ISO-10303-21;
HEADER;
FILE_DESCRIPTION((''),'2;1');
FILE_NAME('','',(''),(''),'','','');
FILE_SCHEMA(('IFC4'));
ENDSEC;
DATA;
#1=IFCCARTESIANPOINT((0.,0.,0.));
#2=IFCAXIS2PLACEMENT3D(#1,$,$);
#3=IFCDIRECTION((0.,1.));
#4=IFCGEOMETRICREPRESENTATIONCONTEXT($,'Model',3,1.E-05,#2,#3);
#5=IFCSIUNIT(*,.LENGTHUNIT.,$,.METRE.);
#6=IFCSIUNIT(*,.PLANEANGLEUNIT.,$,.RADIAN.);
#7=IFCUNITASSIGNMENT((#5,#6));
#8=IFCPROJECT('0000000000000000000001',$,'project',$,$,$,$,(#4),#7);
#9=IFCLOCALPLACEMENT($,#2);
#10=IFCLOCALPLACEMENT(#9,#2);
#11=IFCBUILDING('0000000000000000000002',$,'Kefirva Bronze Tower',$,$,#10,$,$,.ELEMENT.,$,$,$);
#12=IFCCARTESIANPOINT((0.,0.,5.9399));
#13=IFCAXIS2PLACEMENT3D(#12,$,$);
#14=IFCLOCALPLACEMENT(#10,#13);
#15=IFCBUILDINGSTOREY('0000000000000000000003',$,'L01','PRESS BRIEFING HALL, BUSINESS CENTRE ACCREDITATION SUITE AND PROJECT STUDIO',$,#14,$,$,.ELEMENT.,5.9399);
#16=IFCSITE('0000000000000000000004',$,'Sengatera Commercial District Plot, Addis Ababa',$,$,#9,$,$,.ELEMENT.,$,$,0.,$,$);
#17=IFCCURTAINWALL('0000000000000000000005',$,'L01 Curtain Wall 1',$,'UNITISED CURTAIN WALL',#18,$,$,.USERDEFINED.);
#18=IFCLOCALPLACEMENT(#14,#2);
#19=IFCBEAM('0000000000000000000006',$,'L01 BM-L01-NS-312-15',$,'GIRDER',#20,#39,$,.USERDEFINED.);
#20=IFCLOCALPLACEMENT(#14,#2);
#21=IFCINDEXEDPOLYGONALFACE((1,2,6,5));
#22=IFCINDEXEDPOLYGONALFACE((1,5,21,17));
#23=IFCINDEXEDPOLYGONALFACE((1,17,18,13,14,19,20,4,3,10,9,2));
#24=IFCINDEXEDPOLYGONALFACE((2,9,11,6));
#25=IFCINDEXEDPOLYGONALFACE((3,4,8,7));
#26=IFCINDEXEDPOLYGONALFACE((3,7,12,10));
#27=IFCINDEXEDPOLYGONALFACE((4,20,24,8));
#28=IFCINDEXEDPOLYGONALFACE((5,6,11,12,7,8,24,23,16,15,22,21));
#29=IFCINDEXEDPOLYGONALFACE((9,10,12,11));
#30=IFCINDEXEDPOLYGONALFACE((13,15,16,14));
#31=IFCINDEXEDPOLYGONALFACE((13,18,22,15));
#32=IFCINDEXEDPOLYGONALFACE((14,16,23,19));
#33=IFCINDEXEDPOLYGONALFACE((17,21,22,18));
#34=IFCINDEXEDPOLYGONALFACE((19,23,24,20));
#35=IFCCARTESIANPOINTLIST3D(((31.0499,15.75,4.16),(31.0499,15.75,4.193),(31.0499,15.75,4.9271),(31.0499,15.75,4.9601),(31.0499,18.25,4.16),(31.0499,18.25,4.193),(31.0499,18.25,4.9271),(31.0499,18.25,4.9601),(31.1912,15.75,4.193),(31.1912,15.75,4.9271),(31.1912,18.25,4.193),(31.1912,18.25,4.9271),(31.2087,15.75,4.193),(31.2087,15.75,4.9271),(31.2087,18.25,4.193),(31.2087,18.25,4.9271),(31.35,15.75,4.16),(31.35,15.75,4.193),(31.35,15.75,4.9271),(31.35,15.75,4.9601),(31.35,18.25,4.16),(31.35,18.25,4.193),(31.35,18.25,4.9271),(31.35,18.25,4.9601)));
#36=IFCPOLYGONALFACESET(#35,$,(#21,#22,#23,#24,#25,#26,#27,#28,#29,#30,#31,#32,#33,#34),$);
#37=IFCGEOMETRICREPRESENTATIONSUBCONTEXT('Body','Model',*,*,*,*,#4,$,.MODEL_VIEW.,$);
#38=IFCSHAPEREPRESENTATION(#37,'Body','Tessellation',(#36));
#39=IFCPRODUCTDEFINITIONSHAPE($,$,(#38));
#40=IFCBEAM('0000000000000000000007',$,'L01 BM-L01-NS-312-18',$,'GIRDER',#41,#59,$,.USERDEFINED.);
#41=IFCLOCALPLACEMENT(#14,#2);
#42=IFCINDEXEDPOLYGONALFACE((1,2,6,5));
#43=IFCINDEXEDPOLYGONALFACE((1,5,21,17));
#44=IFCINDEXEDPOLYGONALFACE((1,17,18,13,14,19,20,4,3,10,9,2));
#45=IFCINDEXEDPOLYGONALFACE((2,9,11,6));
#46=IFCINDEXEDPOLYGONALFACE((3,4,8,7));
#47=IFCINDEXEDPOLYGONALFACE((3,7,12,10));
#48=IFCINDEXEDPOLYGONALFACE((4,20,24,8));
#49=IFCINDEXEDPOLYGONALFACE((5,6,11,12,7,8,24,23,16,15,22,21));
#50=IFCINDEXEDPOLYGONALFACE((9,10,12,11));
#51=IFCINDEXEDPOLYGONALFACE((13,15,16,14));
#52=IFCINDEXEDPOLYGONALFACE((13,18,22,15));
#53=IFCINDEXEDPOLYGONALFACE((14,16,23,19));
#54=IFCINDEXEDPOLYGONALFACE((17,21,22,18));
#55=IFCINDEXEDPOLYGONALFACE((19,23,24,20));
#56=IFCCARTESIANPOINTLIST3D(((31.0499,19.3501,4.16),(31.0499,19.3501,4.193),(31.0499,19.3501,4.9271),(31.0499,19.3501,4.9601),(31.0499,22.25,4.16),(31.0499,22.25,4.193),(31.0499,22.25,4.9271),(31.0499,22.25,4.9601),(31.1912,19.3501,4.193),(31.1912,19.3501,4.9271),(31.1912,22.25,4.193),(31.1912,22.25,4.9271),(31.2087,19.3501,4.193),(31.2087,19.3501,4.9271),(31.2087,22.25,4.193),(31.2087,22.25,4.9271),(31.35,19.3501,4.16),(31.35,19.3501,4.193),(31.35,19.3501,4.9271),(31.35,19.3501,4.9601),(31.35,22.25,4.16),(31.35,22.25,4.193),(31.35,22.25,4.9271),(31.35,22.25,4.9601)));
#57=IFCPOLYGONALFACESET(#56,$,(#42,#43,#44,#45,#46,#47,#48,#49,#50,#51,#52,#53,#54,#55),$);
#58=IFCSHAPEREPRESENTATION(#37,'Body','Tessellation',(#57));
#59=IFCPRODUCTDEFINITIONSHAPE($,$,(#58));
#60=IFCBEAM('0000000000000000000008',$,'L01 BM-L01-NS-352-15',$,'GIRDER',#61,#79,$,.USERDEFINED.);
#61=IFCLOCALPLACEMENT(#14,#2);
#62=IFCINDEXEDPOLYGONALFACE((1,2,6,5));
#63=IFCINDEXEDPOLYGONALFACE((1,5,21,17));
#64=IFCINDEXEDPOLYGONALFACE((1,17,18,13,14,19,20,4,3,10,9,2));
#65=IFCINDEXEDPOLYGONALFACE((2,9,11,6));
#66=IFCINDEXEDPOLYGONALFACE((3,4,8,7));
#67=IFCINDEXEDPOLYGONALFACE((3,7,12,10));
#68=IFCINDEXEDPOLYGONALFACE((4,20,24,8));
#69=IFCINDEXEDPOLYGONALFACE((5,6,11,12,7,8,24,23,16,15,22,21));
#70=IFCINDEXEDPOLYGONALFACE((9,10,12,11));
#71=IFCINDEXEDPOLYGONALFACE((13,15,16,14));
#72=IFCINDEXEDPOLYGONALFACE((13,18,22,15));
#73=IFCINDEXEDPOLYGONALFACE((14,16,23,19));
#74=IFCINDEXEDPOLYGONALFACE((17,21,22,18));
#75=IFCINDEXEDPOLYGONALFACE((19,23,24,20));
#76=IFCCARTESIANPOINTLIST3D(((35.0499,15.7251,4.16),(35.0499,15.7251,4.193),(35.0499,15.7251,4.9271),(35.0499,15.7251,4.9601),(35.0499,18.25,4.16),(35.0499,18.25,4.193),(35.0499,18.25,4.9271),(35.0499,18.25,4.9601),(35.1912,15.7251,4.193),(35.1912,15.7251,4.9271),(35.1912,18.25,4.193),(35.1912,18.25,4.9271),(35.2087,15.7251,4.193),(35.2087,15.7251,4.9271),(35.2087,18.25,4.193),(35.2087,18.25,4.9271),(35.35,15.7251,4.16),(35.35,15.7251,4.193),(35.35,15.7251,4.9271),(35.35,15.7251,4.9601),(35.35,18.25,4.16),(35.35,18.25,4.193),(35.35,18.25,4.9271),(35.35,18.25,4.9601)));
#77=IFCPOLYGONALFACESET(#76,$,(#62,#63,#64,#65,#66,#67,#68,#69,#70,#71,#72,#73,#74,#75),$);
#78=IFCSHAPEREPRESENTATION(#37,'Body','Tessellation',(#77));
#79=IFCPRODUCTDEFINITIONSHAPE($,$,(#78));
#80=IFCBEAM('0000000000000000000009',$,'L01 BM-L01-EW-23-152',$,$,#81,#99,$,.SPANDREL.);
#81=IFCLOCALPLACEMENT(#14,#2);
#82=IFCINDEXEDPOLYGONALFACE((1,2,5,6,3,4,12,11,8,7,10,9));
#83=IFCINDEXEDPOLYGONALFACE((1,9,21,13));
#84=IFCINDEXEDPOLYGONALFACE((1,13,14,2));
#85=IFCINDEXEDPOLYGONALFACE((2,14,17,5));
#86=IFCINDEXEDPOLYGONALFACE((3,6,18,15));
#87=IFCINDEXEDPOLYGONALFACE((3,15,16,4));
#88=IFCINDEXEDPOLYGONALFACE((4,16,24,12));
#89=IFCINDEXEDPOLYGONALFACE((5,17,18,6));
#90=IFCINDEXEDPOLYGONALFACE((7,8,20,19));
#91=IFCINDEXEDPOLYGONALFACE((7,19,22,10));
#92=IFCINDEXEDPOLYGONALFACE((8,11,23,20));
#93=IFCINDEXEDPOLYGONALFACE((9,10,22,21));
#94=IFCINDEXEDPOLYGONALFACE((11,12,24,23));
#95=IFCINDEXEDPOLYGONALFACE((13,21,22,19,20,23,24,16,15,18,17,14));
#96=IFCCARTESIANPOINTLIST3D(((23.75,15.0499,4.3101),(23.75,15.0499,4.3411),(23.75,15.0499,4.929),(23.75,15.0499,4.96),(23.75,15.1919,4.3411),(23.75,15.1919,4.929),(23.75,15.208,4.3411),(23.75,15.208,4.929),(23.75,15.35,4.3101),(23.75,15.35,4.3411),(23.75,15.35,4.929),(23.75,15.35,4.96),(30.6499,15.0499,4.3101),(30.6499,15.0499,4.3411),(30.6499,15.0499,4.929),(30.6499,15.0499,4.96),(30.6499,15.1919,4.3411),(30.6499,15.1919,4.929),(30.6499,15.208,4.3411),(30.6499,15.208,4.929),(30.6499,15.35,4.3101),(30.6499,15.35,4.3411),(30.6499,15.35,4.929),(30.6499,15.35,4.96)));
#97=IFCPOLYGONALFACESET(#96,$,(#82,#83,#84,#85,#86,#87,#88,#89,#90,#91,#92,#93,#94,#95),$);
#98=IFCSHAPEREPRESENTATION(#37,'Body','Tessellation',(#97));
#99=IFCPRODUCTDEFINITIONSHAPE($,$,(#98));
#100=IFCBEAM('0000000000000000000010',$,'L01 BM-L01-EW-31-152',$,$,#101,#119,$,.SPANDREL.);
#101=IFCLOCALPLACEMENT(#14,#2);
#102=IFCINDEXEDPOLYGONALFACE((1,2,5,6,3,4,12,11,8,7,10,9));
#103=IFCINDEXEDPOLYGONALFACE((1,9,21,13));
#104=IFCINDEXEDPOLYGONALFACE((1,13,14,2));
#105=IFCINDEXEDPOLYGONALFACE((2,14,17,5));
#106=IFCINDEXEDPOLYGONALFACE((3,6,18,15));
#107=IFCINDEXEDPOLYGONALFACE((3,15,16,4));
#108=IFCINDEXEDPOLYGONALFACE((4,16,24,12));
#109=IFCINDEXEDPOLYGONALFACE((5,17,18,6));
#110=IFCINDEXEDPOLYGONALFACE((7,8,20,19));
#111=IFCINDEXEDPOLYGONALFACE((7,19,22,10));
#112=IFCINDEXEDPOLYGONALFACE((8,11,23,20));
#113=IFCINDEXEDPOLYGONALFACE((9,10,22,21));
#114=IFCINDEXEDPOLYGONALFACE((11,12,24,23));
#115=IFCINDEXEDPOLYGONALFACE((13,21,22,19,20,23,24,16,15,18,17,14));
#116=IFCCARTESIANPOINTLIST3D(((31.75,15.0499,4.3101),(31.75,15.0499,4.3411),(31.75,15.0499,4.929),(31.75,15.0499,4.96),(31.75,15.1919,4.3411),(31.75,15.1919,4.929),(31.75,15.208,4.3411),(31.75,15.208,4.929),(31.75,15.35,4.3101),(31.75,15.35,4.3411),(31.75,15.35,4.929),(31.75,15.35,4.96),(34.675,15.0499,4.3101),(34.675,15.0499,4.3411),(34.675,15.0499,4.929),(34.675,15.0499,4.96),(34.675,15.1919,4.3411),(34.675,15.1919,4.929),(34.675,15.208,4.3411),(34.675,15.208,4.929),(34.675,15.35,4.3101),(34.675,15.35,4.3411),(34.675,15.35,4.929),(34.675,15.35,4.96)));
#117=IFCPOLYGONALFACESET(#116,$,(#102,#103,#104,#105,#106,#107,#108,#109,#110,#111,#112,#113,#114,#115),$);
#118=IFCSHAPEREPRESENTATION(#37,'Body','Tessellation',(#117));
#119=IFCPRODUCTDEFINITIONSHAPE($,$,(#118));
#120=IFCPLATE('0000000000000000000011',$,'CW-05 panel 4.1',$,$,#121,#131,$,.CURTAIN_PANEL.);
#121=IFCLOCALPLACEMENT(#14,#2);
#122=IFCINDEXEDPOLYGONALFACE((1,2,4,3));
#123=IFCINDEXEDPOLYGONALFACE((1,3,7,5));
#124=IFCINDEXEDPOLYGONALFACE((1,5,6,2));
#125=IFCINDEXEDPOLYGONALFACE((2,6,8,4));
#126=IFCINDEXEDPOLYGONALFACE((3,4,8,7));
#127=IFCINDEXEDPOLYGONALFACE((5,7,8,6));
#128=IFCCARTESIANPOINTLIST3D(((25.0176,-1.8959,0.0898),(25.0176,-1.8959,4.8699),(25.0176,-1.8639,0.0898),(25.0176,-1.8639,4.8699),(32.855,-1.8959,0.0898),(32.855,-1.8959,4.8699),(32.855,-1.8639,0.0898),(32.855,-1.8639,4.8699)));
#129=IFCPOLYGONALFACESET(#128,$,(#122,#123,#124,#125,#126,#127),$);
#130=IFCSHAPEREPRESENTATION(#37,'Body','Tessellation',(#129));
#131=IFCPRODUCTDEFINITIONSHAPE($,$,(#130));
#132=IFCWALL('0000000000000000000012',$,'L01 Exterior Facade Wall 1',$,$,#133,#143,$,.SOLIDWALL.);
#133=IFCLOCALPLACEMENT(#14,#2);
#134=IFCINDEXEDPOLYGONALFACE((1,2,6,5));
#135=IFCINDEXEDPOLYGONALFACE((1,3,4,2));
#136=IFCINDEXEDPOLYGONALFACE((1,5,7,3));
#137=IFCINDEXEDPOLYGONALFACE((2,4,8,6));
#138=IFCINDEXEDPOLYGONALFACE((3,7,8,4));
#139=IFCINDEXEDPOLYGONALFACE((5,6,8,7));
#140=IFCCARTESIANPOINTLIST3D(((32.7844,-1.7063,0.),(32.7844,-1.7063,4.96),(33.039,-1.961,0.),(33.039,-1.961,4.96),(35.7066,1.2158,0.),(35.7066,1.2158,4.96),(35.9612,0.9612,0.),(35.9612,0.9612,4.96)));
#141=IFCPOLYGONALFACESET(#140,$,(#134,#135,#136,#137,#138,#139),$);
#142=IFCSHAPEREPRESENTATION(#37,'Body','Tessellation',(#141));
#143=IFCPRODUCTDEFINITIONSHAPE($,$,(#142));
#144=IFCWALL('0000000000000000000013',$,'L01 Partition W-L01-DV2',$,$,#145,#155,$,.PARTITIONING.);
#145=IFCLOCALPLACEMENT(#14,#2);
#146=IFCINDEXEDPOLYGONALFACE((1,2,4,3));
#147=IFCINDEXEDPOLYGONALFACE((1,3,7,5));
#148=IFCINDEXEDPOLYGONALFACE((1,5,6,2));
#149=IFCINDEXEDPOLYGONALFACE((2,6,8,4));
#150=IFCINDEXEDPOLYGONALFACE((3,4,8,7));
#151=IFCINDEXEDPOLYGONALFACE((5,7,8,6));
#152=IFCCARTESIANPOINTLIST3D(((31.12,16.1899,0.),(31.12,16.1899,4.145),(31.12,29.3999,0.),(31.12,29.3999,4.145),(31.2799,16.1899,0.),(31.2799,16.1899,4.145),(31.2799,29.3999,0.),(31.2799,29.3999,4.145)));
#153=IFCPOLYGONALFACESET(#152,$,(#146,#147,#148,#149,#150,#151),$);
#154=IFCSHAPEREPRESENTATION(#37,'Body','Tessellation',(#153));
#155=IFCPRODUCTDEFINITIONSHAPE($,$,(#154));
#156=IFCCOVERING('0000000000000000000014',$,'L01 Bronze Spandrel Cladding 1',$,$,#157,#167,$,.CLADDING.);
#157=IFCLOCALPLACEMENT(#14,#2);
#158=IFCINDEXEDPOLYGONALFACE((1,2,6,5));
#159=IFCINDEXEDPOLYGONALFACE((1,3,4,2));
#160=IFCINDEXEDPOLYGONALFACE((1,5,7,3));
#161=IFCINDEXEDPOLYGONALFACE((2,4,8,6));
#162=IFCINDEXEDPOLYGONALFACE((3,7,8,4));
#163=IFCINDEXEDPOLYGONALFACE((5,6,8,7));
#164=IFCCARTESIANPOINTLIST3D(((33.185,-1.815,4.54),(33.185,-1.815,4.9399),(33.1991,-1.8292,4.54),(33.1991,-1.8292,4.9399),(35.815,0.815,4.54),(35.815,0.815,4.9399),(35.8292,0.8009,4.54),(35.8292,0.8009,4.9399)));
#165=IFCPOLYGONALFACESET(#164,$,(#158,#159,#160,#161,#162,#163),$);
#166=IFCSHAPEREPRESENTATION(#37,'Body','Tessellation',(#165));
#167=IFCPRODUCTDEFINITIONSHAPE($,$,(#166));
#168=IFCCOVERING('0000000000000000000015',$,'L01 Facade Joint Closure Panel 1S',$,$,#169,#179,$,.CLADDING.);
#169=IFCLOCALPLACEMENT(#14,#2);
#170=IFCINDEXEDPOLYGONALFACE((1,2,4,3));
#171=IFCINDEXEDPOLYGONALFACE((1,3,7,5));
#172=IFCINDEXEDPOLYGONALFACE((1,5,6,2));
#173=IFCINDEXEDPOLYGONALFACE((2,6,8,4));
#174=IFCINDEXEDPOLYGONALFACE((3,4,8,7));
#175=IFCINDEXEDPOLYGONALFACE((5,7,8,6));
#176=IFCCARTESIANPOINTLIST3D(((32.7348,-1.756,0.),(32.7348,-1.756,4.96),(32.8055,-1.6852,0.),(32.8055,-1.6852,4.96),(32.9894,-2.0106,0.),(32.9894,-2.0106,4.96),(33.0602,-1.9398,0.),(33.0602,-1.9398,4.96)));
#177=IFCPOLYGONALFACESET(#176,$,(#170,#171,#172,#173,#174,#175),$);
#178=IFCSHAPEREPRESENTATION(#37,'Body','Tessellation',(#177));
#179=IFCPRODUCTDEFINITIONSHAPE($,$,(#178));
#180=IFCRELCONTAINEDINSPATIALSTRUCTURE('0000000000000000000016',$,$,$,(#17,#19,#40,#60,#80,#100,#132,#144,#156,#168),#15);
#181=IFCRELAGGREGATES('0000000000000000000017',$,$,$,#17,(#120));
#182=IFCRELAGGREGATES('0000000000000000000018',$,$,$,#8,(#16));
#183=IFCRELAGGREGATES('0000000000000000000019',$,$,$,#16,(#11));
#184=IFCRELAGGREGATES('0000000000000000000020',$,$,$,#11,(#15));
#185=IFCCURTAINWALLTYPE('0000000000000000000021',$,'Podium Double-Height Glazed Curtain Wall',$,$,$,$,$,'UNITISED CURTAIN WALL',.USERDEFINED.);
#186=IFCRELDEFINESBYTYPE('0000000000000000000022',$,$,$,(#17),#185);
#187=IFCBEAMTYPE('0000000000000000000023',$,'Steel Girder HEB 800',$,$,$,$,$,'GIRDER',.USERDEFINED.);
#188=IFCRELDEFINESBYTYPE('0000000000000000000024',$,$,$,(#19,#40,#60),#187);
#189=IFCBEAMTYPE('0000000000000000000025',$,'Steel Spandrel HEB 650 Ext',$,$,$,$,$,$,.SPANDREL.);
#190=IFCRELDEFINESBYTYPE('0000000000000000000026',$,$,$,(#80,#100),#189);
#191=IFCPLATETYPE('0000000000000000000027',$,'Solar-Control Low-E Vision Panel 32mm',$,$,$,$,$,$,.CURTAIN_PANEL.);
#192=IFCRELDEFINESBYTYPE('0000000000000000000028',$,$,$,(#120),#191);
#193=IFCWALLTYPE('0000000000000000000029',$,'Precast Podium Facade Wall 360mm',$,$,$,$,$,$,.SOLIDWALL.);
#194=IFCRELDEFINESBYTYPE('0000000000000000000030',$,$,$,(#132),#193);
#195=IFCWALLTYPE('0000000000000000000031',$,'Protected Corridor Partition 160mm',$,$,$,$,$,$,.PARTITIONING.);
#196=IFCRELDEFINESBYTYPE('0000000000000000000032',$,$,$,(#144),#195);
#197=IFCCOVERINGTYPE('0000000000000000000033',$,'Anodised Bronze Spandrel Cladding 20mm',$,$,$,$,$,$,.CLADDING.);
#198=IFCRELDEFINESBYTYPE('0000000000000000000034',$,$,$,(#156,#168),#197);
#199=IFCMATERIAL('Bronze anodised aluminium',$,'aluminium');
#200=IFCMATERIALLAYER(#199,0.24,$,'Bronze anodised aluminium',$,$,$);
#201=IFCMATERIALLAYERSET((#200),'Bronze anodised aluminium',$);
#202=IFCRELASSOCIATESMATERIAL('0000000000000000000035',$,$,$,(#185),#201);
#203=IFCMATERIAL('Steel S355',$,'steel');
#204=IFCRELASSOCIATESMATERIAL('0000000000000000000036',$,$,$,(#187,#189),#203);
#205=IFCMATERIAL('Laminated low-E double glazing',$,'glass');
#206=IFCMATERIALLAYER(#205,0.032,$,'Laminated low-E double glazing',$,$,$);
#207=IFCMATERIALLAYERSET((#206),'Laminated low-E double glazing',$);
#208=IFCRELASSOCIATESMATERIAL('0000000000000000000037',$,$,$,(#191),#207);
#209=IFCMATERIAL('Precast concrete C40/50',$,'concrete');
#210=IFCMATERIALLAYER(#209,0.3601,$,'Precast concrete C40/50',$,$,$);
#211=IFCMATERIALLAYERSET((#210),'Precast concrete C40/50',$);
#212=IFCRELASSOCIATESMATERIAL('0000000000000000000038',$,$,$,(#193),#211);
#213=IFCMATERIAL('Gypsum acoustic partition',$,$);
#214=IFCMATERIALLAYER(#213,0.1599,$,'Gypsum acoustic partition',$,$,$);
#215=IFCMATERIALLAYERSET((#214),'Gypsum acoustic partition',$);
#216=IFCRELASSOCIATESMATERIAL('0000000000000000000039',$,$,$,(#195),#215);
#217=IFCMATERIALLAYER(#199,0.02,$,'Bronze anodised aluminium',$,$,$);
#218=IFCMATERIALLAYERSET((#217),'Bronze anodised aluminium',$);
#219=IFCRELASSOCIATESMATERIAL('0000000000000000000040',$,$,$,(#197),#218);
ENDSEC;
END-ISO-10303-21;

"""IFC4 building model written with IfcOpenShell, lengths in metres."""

from ifc_helpers import new_model, si_unit, direction, frame, frame_2d, origin, origin_2d, place, context, subcontext, project, spatial, rectangle, i_section, extrude, material, layer, layer_set, material_profile, profile_set, type_object, element, aggregate, save


model = new_model("IFC4")

# Units and contexts
model_context = context("Model", 3, precision=1e-05, world=origin(), true_north=direction((0.0, 1.0)))
body_context = subcontext(model_context, "Body", "Model", "MODEL_VIEW")
ifc_project = project(units=[si_unit("LENGTHUNIT", "METRE"), si_unit("PLANEANGLEUNIT", "RADIAN")], contexts=[model_context])

# Site, building, storey
site_placement = place(None, origin())
site = spatial("IfcSite", under=ifc_project, at=site_placement, Name="Sengatera Commercial District Plot, Addis Ababa", CompositionType="ELEMENT", RefElevation=0.0)
building_placement = place(site_placement, origin())
building = spatial("IfcBuilding", under=site, at=building_placement, Name="Kefirva Bronze Tower", CompositionType="ELEMENT")
storey_placement = place(building_placement, frame((0.0, 0.0, 5.9399)))
storey = spatial("IfcBuildingStorey", under=building, at=storey_placement, Name="L01", Description="PRESS BRIEFING HALL, BUSINESS CENTRE ACCREDITATION SUITE AND PROJECT STUDIO", CompositionType="ELEMENT", Elevation=5.9399)

# Curtain wall
ifc_material_1 = material(Name="Bronze anodised aluminium", Category="aluminium")
ifc_layer_1 = layer(ifc_material_1, 0.24, Name="Bronze anodised aluminium")
ifc_layer_set_1 = layer_set([ifc_layer_1], Name="Bronze anodised aluminium")
curtain_wall_type = type_object("IfcCurtainWallType", Name="Podium Double-Height Glazed Curtain Wall", ElementType="UNITISED CURTAIN WALL", PredefinedType="USERDEFINED", material=ifc_layer_set_1)
curtain_wall_placement = place(storey_placement, origin())
curtain_wall = element("IfcCurtainWall", 1, at=curtain_wall_placement, inside=storey, type_object=curtain_wall_type, Name="L01 Curtain Wall 1", ObjectType="UNITISED CURTAIN WALL", PredefinedType="USERDEFINED")

# Beams
ifc_material_2 = material(Name="Steel S355", Category="steel")
ifc_material_profile_1 = material_profile(ifc_material_2, i_section(OverallWidth=0.3, OverallDepth=0.8, WebThickness=0.0176, FlangeThickness=0.033, at=origin_2d()), Name="HEB 800")
ifc_profile_set_1 = profile_set([ifc_material_profile_1], Name="Steel S355")
beam_type_1 = type_object("IfcBeamType", Name="Steel Girder HEB 800", ElementType="GIRDER", PredefinedType="USERDEFINED", material=ifc_profile_set_1)
beam_1_placement = place(storey_placement, frame((31.2, 15.75, 4.5601), z_axis=(0.0, 1.0, 0.0), x_axis=(-1.0, 0.0, 0.0)))
element("IfcBeam", 2, at=beam_1_placement, inside=storey, type_object=beam_type_1, Name="L01 BM-L01-NS-312-15", ObjectType="GIRDER", PredefinedType="USERDEFINED", context=body_context, shape_type="SweptSolid", body=[
    extrude(i_section(OverallWidth=0.3, OverallDepth=0.8, WebThickness=0.0176, FlangeThickness=0.033, at=origin_2d()), origin(), (0.0, 0.0, 1.0), 2.5),
])
beam_2_placement = place(storey_placement, frame((31.2, 19.3501, 4.5601), z_axis=(0.0, 1.0, 0.0), x_axis=(-1.0, 0.0, 0.0)))
element("IfcBeam", 3, at=beam_2_placement, inside=storey, type_object=beam_type_1, Name="L01 BM-L01-NS-312-18", ObjectType="GIRDER", PredefinedType="USERDEFINED", context=body_context, shape_type="SweptSolid", body=[
    extrude(i_section(OverallWidth=0.3, OverallDepth=0.8, WebThickness=0.0176, FlangeThickness=0.033, at=origin_2d()), origin(), (0.0, 0.0, 1.0), 2.8999),
])
beam_3_placement = place(storey_placement, frame((35.2, 15.7251, 4.5601), z_axis=(0.0, 1.0, 0.0), x_axis=(-1.0, 0.0, 0.0)))
element("IfcBeam", 4, at=beam_3_placement, inside=storey, type_object=beam_type_1, Name="L01 BM-L01-NS-352-15", ObjectType="GIRDER", PredefinedType="USERDEFINED", context=body_context, shape_type="SweptSolid", body=[
    extrude(i_section(OverallWidth=0.3, OverallDepth=0.8, WebThickness=0.0176, FlangeThickness=0.033, at=origin_2d()), origin(), (0.0, 0.0, 1.0), 2.5249),
])
ifc_material_profile_2 = material_profile(ifc_material_2, i_section(OverallWidth=0.3, OverallDepth=0.6499, WebThickness=0.0161, FlangeThickness=0.031, at=origin_2d()), Name="HEB 650")
ifc_profile_set_2 = profile_set([ifc_material_profile_2], Name="Steel S355")
beam_type_2 = type_object("IfcBeamType", Name="Steel Spandrel HEB 650 Ext", PredefinedType="SPANDREL", material=ifc_profile_set_2)
beam_4_placement = place(storey_placement, frame((23.75, 15.2, 4.635), z_axis=(1.0, 0.0, 0.0), x_axis=(0.0, 1.0, 0.0)))
element("IfcBeam", 5, at=beam_4_placement, inside=storey, type_object=beam_type_2, Name="L01 BM-L01-EW-23-152", PredefinedType="SPANDREL", context=body_context, shape_type="SweptSolid", body=[
    extrude(i_section(OverallWidth=0.3, OverallDepth=0.6499, WebThickness=0.0161, FlangeThickness=0.031, at=origin_2d()), origin(), (0.0, 0.0, 1.0), 6.8999),
])
beam_5_placement = place(storey_placement, frame((31.75, 15.2, 4.635), z_axis=(1.0, 0.0, 0.0), x_axis=(0.0, 1.0, 0.0)))
element("IfcBeam", 6, at=beam_5_placement, inside=storey, type_object=beam_type_2, Name="L01 BM-L01-EW-31-152", PredefinedType="SPANDREL", context=body_context, shape_type="SweptSolid", body=[
    extrude(i_section(OverallWidth=0.3, OverallDepth=0.6499, WebThickness=0.0161, FlangeThickness=0.031, at=origin_2d()), origin(), (0.0, 0.0, 1.0), 2.925),
])

# Plate
ifc_material_3 = material(Name="Laminated low-E double glazing", Category="glass")
ifc_layer_2 = layer(ifc_material_3, 0.032, Name="Laminated low-E double glazing")
ifc_layer_set_2 = layer_set([ifc_layer_2], Name="Laminated low-E double glazing")
plate_type = type_object("IfcPlateType", Name="Solar-Control Low-E Vision Panel 32mm", PredefinedType="CURTAIN_PANEL", material=ifc_layer_set_2)
plate_placement = place(storey_placement, frame((28.9363, -1.8799, 0.0898), z_axis=(0.0, 0.0, 1.0), x_axis=(1.0, 0.0, 0.0)))
plate = element("IfcPlate", 7, at=plate_placement, type_object=plate_type, Name="CW-05 panel 4.1", PredefinedType="CURTAIN_PANEL", context=body_context, shape_type="SweptSolid", body=[
    extrude(rectangle(XDim=7.8374, YDim=0.032, at=origin_2d()), origin(), (0.0, 0.0, 1.0), 4.78),
])
aggregate(curtain_wall, [plate])

# Walls
ifc_material_4 = material(Name="Precast concrete C40/50", Category="concrete")
ifc_layer_3 = layer(ifc_material_4, 0.3601, Name="Precast concrete C40/50")
ifc_layer_set_3 = layer_set([ifc_layer_3], Name="Precast concrete C40/50")
wall_type_1 = type_object("IfcWallType", Name="Precast Podium Facade Wall 360mm", PredefinedType="SOLIDWALL", material=ifc_layer_set_3)
wall_1_placement = place(storey_placement, frame((32.9116, -1.8337, 0.0), z_axis=(0.0, 0.0, 1.0), x_axis=(0.707107, 0.707107, 0.0)))
element("IfcWall", 8, at=wall_1_placement, inside=storey, type_object=wall_type_1, Name="L01 Exterior Facade Wall 1", PredefinedType="SOLIDWALL", context=body_context, shape_type="SweptSolid", body=[
    extrude(rectangle(XDim=4.1326, YDim=0.3601, at=frame_2d((2.0664, 0.0))), origin(), (0.0, 0.0, 1.0), 4.96),
])
ifc_material_5 = material(Name="Gypsum acoustic partition")
ifc_layer_4 = layer(ifc_material_5, 0.1599, Name="Gypsum acoustic partition")
ifc_layer_set_4 = layer_set([ifc_layer_4], Name="Gypsum acoustic partition")
wall_type_2 = type_object("IfcWallType", Name="Protected Corridor Partition 160mm", PredefinedType="PARTITIONING", material=ifc_layer_set_4)
wall_2_placement = place(storey_placement, frame((31.2, 16.1899, 0.0), z_axis=(0.0, 0.0, 1.0), x_axis=(0.0, 1.0, 0.0)))
element("IfcWall", 9, at=wall_2_placement, inside=storey, type_object=wall_type_2, Name="L01 Partition W-L01-DV2", PredefinedType="PARTITIONING", context=body_context, shape_type="SweptSolid", body=[
    extrude(rectangle(XDim=13.21, YDim=0.1599, at=frame_2d((6.605, 0.0))), origin(), (0.0, 0.0, 1.0), 4.145),
])

# Coverings
ifc_layer_5 = layer(ifc_material_1, 0.02, Name="Bronze anodised aluminium")
ifc_layer_set_5 = layer_set([ifc_layer_5], Name="Bronze anodised aluminium")
covering_type_1 = type_object("IfcCoveringType", Name="Anodised Bronze Spandrel Cladding 20mm", PredefinedType="CLADDING", material=ifc_layer_set_5)
covering_1_placement = place(storey_placement, frame((34.5071, -0.5071, 4.54), z_axis=(0.0, 0.0, 1.0), x_axis=(0.707107, 0.707107, 0.0)))
element("IfcCovering", 10, at=covering_1_placement, inside=storey, type_object=covering_type_1, Name="L01 Bronze Spandrel Cladding 1", PredefinedType="CLADDING", context=body_context, shape_type="SweptSolid", body=[
    extrude(rectangle(XDim=3.7195, YDim=0.02, at=origin_2d()), origin(), (0.0, 0.0, 1.0), 0.3999),
])
covering_2_placement = place(storey_placement, frame((32.8975, -1.8479, 0.0), z_axis=(0.0, 0.0, 1.0), x_axis=(0.707107, 0.707107, 0.0)))
element("IfcCovering", 11, at=covering_2_placement, inside=storey, type_object=covering_type_1, Name="L01 Facade Joint Closure Panel 1S", PredefinedType="CLADDING", context=body_context, shape_type="SweptSolid", body=[
    extrude(rectangle(XDim=0.1001, YDim=0.3601, at=origin_2d()), origin(), (0.0, 0.0, 1.0), 4.96),
])

save(model, "model.ifc")
